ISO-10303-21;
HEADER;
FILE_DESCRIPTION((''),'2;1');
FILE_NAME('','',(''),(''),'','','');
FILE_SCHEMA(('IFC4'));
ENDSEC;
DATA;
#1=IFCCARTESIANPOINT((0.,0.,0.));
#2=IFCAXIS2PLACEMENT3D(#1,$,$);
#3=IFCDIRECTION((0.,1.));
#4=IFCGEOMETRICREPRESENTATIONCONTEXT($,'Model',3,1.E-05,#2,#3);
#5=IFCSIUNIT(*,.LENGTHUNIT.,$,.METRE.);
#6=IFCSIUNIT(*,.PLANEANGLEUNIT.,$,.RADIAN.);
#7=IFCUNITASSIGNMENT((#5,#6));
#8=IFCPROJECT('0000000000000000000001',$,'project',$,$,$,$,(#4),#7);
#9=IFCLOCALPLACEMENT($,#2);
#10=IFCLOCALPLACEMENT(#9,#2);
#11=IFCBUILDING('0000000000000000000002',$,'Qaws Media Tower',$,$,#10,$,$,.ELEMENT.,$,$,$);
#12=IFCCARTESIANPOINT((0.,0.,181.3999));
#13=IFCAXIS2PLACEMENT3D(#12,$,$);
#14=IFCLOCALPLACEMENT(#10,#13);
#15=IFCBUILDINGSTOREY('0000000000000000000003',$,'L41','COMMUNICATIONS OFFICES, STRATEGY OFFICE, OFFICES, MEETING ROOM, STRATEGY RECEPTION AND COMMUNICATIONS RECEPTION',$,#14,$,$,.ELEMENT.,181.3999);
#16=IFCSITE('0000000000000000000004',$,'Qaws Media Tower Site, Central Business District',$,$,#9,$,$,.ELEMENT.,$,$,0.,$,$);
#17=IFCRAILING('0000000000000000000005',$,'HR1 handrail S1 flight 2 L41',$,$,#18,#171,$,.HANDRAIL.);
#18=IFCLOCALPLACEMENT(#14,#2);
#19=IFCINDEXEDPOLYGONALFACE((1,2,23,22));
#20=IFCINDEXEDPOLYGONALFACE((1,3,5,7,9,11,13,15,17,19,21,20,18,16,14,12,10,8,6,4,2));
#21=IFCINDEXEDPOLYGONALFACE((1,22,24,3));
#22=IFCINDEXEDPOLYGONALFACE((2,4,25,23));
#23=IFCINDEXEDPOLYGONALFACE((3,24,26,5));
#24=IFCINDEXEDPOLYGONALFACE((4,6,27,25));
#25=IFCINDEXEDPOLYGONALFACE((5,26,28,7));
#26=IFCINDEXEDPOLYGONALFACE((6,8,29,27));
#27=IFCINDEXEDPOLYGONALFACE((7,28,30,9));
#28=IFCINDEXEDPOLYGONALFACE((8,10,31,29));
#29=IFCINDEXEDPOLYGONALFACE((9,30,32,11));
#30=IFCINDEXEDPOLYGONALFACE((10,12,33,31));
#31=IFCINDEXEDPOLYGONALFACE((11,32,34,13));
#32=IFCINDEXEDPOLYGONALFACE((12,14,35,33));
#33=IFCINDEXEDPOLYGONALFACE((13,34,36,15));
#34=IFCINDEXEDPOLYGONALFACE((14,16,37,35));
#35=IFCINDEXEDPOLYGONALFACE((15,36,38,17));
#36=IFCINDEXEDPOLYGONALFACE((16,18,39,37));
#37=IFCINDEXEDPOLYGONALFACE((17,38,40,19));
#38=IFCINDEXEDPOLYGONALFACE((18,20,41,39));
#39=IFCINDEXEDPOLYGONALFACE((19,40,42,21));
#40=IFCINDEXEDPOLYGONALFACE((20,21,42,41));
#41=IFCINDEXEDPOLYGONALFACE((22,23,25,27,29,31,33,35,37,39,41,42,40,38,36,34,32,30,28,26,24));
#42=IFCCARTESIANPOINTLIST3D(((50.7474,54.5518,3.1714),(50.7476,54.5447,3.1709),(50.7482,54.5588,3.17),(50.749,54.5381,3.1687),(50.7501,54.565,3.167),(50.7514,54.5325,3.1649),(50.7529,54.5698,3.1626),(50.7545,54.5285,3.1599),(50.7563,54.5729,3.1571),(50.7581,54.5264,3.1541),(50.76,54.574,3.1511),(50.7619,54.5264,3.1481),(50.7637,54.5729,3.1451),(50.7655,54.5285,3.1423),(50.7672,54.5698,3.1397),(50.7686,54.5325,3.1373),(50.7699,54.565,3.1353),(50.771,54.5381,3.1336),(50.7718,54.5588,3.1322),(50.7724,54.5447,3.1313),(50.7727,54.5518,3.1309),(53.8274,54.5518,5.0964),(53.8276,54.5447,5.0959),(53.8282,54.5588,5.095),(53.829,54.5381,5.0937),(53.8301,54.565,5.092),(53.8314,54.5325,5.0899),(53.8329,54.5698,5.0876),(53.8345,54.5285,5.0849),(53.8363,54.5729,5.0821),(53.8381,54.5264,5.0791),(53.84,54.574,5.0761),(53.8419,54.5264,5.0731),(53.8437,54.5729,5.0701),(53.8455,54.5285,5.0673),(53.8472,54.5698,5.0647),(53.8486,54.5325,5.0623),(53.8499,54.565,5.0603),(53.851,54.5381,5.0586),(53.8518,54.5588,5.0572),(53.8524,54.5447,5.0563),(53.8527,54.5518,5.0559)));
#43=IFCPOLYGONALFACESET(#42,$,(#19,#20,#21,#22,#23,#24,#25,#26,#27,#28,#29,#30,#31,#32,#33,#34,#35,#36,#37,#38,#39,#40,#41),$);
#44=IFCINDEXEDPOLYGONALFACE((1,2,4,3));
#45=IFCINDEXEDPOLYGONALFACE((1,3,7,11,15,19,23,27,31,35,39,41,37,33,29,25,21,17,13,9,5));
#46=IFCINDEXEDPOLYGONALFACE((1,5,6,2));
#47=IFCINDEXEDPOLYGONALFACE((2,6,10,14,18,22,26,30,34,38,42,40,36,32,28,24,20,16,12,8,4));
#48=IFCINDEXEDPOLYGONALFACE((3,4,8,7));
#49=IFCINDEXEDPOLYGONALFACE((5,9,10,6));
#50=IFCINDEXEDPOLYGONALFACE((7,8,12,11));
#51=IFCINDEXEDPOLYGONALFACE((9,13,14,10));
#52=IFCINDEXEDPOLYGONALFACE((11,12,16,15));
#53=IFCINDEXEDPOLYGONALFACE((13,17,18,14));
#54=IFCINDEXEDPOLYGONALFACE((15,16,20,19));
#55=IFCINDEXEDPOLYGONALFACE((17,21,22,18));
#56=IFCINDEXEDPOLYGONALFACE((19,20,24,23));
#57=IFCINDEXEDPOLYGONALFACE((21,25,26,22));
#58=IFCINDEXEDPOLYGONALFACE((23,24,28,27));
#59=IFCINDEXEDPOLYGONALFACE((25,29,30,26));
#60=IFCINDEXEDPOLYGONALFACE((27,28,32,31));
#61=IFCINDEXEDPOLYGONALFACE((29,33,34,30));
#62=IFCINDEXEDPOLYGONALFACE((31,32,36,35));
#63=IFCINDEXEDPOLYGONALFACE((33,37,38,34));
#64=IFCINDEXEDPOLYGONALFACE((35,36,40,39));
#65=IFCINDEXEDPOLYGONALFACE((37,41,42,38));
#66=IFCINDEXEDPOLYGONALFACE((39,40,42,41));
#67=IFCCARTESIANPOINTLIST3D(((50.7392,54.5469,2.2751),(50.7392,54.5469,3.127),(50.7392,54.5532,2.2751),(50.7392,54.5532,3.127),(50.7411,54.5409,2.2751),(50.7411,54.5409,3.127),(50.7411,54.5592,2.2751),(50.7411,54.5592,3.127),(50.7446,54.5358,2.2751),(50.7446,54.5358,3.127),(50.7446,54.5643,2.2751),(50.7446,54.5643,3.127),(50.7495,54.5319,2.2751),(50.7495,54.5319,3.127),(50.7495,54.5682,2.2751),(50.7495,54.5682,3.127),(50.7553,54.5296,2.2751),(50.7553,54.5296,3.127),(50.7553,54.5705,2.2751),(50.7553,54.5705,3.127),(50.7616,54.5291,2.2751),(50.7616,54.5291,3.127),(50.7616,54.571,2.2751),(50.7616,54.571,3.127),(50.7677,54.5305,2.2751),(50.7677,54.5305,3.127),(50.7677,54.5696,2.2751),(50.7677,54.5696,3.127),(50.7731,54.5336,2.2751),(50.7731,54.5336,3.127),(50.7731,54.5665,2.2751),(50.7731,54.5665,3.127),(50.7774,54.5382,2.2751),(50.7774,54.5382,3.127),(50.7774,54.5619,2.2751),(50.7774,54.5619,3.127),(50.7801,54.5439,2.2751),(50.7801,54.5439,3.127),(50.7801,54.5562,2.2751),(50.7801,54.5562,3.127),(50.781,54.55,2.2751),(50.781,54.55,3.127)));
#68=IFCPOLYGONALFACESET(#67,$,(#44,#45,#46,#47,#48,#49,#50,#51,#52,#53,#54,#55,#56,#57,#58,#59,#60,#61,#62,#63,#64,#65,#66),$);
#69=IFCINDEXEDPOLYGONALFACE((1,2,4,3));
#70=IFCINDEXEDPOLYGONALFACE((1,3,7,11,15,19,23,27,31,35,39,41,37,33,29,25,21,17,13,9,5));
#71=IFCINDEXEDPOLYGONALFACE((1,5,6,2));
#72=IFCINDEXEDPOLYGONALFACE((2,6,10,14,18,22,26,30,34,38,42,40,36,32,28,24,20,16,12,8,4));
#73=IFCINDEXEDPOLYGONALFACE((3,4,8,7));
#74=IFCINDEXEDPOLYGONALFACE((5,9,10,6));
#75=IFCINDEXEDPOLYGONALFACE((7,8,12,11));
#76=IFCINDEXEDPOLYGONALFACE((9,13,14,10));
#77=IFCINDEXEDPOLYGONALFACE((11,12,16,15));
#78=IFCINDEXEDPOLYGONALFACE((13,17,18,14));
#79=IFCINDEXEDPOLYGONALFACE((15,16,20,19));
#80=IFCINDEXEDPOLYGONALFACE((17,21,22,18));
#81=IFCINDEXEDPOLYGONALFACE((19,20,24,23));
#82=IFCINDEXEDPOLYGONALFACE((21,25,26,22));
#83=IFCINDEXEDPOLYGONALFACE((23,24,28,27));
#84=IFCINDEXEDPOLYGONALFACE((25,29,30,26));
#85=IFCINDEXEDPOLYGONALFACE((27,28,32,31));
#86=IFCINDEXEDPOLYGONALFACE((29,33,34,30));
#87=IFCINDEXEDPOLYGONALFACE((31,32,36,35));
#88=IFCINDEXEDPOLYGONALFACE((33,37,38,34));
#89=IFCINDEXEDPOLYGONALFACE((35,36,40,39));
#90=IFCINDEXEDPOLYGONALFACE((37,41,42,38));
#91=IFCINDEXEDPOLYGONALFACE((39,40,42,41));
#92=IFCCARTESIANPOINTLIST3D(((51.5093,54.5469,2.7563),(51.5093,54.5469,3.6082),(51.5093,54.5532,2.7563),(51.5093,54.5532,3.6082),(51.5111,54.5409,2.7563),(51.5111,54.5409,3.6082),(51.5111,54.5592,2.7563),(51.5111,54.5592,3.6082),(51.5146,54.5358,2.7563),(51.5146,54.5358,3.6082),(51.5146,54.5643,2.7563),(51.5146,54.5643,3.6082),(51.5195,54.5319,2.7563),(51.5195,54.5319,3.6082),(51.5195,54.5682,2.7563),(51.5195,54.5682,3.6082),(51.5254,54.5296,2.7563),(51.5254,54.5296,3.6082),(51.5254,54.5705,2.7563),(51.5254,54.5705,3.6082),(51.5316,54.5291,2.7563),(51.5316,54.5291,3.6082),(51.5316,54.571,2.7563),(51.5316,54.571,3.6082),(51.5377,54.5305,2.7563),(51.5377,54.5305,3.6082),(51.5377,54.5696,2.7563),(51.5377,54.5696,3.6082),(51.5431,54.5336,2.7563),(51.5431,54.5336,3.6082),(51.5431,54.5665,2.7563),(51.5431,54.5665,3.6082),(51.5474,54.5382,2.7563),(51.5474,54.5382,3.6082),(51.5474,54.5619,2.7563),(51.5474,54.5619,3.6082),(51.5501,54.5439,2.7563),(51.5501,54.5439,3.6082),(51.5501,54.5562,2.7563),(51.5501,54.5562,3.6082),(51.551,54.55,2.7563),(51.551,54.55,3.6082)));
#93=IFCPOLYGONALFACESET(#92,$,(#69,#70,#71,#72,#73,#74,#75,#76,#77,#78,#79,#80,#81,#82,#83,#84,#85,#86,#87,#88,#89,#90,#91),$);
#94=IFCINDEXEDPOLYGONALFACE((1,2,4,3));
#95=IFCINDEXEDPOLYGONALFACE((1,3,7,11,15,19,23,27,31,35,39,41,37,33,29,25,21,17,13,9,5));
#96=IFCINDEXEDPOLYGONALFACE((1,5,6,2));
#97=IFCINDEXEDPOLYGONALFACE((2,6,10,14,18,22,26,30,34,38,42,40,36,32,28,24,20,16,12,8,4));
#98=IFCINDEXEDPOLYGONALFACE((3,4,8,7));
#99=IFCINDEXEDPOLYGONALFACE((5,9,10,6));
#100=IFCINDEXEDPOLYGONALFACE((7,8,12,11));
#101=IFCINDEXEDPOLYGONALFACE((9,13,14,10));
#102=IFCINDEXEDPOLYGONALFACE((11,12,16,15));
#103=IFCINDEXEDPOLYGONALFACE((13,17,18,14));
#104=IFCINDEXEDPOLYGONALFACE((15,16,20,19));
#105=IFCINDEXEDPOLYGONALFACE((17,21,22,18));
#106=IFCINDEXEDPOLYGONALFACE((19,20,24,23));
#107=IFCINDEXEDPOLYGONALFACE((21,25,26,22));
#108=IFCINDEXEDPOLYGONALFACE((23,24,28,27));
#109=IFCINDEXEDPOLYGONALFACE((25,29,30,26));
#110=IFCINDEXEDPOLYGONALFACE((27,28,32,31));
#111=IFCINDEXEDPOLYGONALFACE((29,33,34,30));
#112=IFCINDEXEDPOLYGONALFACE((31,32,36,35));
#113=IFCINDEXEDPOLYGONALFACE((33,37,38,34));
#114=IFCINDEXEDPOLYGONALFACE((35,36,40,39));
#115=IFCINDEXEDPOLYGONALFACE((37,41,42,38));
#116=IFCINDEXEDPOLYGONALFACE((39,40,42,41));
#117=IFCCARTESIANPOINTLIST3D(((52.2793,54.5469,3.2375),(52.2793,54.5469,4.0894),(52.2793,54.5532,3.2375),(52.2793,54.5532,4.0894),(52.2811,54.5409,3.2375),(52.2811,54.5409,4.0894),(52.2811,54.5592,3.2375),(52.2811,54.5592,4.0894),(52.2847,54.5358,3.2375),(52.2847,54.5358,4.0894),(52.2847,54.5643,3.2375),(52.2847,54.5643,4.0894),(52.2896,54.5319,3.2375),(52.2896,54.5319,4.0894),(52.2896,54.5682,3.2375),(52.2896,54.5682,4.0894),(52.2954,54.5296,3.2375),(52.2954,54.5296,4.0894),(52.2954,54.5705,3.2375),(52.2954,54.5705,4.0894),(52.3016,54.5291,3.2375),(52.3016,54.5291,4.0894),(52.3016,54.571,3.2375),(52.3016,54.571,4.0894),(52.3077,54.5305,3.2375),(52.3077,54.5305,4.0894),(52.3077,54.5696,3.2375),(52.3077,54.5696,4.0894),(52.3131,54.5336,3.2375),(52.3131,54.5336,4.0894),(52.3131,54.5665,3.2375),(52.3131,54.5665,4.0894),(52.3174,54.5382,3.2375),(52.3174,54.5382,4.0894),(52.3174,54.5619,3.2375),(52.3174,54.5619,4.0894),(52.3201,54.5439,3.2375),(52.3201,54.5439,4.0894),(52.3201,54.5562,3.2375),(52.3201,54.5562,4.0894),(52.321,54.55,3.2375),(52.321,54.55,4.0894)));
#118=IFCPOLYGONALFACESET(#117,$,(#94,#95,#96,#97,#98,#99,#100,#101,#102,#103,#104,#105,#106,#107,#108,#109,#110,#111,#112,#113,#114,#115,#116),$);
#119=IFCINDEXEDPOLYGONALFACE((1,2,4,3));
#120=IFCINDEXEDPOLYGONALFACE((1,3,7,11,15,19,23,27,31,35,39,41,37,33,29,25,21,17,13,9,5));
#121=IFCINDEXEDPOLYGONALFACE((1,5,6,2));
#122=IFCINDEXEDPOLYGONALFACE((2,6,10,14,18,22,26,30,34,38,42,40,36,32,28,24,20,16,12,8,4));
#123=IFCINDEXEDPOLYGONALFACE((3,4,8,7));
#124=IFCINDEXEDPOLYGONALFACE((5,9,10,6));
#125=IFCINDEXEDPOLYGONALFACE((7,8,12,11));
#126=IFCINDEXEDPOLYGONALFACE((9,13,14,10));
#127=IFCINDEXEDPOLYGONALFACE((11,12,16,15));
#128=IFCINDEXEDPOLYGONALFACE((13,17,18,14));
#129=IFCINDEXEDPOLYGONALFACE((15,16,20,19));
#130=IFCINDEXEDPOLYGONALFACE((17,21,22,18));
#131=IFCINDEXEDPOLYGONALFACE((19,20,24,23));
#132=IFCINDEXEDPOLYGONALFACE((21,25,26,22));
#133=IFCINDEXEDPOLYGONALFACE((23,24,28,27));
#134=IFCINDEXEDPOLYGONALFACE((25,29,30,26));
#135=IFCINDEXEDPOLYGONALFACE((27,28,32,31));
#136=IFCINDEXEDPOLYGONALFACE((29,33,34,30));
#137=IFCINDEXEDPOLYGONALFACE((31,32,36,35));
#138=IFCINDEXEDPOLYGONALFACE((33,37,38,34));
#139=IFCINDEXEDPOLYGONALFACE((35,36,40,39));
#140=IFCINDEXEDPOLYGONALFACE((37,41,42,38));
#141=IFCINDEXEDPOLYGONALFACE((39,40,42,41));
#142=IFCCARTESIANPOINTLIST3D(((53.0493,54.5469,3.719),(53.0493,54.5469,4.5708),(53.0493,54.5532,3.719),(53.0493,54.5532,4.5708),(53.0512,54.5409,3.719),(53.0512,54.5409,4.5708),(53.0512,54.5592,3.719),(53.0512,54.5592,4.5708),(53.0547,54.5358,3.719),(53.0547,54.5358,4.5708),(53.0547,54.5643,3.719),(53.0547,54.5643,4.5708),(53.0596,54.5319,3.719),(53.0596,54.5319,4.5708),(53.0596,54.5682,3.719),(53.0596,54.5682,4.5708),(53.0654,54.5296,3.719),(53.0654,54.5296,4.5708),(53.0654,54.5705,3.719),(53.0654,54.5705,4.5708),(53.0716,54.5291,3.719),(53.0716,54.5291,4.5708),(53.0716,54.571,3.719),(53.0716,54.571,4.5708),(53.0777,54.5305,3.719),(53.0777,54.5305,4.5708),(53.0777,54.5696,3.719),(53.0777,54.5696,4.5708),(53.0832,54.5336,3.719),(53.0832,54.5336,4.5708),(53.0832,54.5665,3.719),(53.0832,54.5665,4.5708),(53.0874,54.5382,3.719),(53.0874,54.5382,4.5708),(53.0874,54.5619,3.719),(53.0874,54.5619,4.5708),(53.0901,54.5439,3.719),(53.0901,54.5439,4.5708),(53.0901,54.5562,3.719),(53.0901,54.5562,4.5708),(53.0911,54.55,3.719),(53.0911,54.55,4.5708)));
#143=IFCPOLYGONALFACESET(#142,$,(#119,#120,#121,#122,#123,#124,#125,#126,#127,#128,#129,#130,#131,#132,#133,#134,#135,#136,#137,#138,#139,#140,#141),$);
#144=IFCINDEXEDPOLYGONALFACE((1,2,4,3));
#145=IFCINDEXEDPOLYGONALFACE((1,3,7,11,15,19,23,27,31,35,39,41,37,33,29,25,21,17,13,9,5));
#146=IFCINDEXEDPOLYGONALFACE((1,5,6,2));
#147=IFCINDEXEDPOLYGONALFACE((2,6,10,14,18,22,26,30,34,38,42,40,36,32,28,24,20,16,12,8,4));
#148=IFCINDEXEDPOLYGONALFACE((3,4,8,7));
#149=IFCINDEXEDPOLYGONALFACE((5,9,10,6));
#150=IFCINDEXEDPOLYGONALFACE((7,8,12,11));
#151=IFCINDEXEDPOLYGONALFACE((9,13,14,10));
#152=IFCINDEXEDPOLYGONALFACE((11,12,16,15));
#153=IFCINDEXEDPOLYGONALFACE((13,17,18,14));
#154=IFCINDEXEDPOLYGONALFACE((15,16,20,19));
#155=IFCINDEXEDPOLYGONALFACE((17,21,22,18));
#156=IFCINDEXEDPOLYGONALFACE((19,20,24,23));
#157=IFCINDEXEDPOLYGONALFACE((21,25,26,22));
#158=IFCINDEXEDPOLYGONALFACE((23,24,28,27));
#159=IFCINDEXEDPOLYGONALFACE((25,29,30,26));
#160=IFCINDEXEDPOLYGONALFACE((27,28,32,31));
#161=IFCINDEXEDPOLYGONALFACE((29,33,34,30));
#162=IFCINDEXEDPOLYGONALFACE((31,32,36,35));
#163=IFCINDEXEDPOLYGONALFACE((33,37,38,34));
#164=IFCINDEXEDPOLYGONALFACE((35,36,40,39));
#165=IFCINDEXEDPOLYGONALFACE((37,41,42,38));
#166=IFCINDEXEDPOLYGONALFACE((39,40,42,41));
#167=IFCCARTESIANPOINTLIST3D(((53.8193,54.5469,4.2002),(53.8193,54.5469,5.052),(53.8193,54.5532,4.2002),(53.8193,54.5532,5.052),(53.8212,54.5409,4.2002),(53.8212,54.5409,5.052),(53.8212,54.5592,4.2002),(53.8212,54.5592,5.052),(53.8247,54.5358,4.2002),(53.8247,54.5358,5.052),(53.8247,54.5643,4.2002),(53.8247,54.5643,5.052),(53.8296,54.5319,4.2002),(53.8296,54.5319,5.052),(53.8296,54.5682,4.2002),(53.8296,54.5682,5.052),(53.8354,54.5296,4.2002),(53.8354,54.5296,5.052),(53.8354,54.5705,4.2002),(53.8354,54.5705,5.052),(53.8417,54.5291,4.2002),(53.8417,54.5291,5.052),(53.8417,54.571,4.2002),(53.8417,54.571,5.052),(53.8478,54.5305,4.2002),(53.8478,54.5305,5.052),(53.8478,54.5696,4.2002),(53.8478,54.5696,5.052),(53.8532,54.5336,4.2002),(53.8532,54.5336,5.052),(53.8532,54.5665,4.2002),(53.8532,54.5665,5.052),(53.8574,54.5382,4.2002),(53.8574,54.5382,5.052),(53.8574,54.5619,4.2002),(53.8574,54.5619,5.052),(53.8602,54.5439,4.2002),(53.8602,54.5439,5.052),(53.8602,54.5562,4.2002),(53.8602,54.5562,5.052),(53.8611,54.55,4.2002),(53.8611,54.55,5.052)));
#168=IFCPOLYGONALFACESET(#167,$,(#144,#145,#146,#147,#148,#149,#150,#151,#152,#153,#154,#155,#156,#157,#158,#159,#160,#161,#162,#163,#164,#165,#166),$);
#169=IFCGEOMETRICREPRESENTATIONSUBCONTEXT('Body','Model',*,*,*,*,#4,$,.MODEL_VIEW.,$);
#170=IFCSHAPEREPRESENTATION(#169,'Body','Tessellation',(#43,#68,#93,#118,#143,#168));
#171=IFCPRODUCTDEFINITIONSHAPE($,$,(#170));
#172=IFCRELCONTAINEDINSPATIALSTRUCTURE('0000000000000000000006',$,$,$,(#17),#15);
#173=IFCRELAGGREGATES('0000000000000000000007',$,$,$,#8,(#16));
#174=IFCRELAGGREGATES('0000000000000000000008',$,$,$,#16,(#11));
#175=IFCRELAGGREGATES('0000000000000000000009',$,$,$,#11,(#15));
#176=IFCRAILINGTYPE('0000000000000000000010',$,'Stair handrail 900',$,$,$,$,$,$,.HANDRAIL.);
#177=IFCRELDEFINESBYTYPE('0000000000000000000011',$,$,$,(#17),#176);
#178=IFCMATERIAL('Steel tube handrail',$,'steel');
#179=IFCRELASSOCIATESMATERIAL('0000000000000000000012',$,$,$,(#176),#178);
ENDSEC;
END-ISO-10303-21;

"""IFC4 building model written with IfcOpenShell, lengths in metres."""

from ifc_helpers import new_model, si_unit, direction, frame, origin, origin_2d, place, context, subcontext, project, spatial, circle, extrude, material, type_object, element, save


model = new_model("IFC4")

# Units and contexts
model_context = context("Model", 3, precision=1e-05, world=origin(), true_north=direction((0.0, 1.0)))
body_context = subcontext(model_context, "Body", "Model", "MODEL_VIEW")
ifc_project = project(units=[si_unit("LENGTHUNIT", "METRE"), si_unit("PLANEANGLEUNIT", "RADIAN")], contexts=[model_context])

# Site, building, storey
site_placement = place(None, origin())
site = spatial("IfcSite", under=ifc_project, at=site_placement, Name="Qaws Media Tower Site, Central Business District", CompositionType="ELEMENT", RefElevation=0.0)
building_placement = place(site_placement, origin())
building = spatial("IfcBuilding", under=site, at=building_placement, Name="Qaws Media Tower", CompositionType="ELEMENT")
storey_placement = place(building_placement, frame((0.0, 0.0, 181.3999)))
storey = spatial("IfcBuildingStorey", under=building, at=storey_placement, Name="L41", Description="COMMUNICATIONS OFFICES, STRATEGY OFFICE, OFFICES, MEETING ROOM, STRATEGY RECEPTION AND COMMUNICATIONS RECEPTION", CompositionType="ELEMENT", Elevation=181.3999)

# Railing
ifc_material_1 = material(Name="Steel tube handrail", Category="steel")
railing_type = type_object("IfcRailingType", Name="Stair handrail 900", PredefinedType="HANDRAIL", material=ifc_material_1)
for number, where, name in (
    (1, (50.76, 54.55, 2.2751), "HR1 handrail S1 flight 2 L41"),
):
    element("IfcRailing", number, at=place(storey_placement, frame(where)), inside=storey, type_object=railing_type, Name=name, PredefinedType="HANDRAIL", context=body_context, shape_type="SweptSolid", body=[
        extrude(circle(Radius=0.0239, at=origin_2d()), frame((0.0, 0.0, 0.876), z_axis=(0.847998, 0.0, 0.529999), x_axis=(0.0, 1.0, 0.0)), (0.0, 0.0, 1.0), 3.6321),
        extrude(circle(Radius=0.021, at=origin_2d()), origin(), (0.0, 0.0, 1.0), 0.8518),
        extrude(circle(Radius=0.021, at=origin_2d()), frame((0.77, 0.0, 0.4812)), (0.0, 0.0, 1.0), 0.8518),
        extrude(circle(Radius=0.021, at=origin_2d()), frame((1.54, 0.0, 0.9624)), (0.0, 0.0, 1.0), 0.8518),
        extrude(circle(Radius=0.021, at=origin_2d()), frame((2.3101, 0.0, 1.4438)), (0.0, 0.0, 1.0), 0.8518),
        extrude(circle(Radius=0.021, at=origin_2d()), frame((3.0801, 0.0, 1.925)), (0.0, 0.0, 1.0), 0.8518),
    ])

save(model, "model.ifc")
